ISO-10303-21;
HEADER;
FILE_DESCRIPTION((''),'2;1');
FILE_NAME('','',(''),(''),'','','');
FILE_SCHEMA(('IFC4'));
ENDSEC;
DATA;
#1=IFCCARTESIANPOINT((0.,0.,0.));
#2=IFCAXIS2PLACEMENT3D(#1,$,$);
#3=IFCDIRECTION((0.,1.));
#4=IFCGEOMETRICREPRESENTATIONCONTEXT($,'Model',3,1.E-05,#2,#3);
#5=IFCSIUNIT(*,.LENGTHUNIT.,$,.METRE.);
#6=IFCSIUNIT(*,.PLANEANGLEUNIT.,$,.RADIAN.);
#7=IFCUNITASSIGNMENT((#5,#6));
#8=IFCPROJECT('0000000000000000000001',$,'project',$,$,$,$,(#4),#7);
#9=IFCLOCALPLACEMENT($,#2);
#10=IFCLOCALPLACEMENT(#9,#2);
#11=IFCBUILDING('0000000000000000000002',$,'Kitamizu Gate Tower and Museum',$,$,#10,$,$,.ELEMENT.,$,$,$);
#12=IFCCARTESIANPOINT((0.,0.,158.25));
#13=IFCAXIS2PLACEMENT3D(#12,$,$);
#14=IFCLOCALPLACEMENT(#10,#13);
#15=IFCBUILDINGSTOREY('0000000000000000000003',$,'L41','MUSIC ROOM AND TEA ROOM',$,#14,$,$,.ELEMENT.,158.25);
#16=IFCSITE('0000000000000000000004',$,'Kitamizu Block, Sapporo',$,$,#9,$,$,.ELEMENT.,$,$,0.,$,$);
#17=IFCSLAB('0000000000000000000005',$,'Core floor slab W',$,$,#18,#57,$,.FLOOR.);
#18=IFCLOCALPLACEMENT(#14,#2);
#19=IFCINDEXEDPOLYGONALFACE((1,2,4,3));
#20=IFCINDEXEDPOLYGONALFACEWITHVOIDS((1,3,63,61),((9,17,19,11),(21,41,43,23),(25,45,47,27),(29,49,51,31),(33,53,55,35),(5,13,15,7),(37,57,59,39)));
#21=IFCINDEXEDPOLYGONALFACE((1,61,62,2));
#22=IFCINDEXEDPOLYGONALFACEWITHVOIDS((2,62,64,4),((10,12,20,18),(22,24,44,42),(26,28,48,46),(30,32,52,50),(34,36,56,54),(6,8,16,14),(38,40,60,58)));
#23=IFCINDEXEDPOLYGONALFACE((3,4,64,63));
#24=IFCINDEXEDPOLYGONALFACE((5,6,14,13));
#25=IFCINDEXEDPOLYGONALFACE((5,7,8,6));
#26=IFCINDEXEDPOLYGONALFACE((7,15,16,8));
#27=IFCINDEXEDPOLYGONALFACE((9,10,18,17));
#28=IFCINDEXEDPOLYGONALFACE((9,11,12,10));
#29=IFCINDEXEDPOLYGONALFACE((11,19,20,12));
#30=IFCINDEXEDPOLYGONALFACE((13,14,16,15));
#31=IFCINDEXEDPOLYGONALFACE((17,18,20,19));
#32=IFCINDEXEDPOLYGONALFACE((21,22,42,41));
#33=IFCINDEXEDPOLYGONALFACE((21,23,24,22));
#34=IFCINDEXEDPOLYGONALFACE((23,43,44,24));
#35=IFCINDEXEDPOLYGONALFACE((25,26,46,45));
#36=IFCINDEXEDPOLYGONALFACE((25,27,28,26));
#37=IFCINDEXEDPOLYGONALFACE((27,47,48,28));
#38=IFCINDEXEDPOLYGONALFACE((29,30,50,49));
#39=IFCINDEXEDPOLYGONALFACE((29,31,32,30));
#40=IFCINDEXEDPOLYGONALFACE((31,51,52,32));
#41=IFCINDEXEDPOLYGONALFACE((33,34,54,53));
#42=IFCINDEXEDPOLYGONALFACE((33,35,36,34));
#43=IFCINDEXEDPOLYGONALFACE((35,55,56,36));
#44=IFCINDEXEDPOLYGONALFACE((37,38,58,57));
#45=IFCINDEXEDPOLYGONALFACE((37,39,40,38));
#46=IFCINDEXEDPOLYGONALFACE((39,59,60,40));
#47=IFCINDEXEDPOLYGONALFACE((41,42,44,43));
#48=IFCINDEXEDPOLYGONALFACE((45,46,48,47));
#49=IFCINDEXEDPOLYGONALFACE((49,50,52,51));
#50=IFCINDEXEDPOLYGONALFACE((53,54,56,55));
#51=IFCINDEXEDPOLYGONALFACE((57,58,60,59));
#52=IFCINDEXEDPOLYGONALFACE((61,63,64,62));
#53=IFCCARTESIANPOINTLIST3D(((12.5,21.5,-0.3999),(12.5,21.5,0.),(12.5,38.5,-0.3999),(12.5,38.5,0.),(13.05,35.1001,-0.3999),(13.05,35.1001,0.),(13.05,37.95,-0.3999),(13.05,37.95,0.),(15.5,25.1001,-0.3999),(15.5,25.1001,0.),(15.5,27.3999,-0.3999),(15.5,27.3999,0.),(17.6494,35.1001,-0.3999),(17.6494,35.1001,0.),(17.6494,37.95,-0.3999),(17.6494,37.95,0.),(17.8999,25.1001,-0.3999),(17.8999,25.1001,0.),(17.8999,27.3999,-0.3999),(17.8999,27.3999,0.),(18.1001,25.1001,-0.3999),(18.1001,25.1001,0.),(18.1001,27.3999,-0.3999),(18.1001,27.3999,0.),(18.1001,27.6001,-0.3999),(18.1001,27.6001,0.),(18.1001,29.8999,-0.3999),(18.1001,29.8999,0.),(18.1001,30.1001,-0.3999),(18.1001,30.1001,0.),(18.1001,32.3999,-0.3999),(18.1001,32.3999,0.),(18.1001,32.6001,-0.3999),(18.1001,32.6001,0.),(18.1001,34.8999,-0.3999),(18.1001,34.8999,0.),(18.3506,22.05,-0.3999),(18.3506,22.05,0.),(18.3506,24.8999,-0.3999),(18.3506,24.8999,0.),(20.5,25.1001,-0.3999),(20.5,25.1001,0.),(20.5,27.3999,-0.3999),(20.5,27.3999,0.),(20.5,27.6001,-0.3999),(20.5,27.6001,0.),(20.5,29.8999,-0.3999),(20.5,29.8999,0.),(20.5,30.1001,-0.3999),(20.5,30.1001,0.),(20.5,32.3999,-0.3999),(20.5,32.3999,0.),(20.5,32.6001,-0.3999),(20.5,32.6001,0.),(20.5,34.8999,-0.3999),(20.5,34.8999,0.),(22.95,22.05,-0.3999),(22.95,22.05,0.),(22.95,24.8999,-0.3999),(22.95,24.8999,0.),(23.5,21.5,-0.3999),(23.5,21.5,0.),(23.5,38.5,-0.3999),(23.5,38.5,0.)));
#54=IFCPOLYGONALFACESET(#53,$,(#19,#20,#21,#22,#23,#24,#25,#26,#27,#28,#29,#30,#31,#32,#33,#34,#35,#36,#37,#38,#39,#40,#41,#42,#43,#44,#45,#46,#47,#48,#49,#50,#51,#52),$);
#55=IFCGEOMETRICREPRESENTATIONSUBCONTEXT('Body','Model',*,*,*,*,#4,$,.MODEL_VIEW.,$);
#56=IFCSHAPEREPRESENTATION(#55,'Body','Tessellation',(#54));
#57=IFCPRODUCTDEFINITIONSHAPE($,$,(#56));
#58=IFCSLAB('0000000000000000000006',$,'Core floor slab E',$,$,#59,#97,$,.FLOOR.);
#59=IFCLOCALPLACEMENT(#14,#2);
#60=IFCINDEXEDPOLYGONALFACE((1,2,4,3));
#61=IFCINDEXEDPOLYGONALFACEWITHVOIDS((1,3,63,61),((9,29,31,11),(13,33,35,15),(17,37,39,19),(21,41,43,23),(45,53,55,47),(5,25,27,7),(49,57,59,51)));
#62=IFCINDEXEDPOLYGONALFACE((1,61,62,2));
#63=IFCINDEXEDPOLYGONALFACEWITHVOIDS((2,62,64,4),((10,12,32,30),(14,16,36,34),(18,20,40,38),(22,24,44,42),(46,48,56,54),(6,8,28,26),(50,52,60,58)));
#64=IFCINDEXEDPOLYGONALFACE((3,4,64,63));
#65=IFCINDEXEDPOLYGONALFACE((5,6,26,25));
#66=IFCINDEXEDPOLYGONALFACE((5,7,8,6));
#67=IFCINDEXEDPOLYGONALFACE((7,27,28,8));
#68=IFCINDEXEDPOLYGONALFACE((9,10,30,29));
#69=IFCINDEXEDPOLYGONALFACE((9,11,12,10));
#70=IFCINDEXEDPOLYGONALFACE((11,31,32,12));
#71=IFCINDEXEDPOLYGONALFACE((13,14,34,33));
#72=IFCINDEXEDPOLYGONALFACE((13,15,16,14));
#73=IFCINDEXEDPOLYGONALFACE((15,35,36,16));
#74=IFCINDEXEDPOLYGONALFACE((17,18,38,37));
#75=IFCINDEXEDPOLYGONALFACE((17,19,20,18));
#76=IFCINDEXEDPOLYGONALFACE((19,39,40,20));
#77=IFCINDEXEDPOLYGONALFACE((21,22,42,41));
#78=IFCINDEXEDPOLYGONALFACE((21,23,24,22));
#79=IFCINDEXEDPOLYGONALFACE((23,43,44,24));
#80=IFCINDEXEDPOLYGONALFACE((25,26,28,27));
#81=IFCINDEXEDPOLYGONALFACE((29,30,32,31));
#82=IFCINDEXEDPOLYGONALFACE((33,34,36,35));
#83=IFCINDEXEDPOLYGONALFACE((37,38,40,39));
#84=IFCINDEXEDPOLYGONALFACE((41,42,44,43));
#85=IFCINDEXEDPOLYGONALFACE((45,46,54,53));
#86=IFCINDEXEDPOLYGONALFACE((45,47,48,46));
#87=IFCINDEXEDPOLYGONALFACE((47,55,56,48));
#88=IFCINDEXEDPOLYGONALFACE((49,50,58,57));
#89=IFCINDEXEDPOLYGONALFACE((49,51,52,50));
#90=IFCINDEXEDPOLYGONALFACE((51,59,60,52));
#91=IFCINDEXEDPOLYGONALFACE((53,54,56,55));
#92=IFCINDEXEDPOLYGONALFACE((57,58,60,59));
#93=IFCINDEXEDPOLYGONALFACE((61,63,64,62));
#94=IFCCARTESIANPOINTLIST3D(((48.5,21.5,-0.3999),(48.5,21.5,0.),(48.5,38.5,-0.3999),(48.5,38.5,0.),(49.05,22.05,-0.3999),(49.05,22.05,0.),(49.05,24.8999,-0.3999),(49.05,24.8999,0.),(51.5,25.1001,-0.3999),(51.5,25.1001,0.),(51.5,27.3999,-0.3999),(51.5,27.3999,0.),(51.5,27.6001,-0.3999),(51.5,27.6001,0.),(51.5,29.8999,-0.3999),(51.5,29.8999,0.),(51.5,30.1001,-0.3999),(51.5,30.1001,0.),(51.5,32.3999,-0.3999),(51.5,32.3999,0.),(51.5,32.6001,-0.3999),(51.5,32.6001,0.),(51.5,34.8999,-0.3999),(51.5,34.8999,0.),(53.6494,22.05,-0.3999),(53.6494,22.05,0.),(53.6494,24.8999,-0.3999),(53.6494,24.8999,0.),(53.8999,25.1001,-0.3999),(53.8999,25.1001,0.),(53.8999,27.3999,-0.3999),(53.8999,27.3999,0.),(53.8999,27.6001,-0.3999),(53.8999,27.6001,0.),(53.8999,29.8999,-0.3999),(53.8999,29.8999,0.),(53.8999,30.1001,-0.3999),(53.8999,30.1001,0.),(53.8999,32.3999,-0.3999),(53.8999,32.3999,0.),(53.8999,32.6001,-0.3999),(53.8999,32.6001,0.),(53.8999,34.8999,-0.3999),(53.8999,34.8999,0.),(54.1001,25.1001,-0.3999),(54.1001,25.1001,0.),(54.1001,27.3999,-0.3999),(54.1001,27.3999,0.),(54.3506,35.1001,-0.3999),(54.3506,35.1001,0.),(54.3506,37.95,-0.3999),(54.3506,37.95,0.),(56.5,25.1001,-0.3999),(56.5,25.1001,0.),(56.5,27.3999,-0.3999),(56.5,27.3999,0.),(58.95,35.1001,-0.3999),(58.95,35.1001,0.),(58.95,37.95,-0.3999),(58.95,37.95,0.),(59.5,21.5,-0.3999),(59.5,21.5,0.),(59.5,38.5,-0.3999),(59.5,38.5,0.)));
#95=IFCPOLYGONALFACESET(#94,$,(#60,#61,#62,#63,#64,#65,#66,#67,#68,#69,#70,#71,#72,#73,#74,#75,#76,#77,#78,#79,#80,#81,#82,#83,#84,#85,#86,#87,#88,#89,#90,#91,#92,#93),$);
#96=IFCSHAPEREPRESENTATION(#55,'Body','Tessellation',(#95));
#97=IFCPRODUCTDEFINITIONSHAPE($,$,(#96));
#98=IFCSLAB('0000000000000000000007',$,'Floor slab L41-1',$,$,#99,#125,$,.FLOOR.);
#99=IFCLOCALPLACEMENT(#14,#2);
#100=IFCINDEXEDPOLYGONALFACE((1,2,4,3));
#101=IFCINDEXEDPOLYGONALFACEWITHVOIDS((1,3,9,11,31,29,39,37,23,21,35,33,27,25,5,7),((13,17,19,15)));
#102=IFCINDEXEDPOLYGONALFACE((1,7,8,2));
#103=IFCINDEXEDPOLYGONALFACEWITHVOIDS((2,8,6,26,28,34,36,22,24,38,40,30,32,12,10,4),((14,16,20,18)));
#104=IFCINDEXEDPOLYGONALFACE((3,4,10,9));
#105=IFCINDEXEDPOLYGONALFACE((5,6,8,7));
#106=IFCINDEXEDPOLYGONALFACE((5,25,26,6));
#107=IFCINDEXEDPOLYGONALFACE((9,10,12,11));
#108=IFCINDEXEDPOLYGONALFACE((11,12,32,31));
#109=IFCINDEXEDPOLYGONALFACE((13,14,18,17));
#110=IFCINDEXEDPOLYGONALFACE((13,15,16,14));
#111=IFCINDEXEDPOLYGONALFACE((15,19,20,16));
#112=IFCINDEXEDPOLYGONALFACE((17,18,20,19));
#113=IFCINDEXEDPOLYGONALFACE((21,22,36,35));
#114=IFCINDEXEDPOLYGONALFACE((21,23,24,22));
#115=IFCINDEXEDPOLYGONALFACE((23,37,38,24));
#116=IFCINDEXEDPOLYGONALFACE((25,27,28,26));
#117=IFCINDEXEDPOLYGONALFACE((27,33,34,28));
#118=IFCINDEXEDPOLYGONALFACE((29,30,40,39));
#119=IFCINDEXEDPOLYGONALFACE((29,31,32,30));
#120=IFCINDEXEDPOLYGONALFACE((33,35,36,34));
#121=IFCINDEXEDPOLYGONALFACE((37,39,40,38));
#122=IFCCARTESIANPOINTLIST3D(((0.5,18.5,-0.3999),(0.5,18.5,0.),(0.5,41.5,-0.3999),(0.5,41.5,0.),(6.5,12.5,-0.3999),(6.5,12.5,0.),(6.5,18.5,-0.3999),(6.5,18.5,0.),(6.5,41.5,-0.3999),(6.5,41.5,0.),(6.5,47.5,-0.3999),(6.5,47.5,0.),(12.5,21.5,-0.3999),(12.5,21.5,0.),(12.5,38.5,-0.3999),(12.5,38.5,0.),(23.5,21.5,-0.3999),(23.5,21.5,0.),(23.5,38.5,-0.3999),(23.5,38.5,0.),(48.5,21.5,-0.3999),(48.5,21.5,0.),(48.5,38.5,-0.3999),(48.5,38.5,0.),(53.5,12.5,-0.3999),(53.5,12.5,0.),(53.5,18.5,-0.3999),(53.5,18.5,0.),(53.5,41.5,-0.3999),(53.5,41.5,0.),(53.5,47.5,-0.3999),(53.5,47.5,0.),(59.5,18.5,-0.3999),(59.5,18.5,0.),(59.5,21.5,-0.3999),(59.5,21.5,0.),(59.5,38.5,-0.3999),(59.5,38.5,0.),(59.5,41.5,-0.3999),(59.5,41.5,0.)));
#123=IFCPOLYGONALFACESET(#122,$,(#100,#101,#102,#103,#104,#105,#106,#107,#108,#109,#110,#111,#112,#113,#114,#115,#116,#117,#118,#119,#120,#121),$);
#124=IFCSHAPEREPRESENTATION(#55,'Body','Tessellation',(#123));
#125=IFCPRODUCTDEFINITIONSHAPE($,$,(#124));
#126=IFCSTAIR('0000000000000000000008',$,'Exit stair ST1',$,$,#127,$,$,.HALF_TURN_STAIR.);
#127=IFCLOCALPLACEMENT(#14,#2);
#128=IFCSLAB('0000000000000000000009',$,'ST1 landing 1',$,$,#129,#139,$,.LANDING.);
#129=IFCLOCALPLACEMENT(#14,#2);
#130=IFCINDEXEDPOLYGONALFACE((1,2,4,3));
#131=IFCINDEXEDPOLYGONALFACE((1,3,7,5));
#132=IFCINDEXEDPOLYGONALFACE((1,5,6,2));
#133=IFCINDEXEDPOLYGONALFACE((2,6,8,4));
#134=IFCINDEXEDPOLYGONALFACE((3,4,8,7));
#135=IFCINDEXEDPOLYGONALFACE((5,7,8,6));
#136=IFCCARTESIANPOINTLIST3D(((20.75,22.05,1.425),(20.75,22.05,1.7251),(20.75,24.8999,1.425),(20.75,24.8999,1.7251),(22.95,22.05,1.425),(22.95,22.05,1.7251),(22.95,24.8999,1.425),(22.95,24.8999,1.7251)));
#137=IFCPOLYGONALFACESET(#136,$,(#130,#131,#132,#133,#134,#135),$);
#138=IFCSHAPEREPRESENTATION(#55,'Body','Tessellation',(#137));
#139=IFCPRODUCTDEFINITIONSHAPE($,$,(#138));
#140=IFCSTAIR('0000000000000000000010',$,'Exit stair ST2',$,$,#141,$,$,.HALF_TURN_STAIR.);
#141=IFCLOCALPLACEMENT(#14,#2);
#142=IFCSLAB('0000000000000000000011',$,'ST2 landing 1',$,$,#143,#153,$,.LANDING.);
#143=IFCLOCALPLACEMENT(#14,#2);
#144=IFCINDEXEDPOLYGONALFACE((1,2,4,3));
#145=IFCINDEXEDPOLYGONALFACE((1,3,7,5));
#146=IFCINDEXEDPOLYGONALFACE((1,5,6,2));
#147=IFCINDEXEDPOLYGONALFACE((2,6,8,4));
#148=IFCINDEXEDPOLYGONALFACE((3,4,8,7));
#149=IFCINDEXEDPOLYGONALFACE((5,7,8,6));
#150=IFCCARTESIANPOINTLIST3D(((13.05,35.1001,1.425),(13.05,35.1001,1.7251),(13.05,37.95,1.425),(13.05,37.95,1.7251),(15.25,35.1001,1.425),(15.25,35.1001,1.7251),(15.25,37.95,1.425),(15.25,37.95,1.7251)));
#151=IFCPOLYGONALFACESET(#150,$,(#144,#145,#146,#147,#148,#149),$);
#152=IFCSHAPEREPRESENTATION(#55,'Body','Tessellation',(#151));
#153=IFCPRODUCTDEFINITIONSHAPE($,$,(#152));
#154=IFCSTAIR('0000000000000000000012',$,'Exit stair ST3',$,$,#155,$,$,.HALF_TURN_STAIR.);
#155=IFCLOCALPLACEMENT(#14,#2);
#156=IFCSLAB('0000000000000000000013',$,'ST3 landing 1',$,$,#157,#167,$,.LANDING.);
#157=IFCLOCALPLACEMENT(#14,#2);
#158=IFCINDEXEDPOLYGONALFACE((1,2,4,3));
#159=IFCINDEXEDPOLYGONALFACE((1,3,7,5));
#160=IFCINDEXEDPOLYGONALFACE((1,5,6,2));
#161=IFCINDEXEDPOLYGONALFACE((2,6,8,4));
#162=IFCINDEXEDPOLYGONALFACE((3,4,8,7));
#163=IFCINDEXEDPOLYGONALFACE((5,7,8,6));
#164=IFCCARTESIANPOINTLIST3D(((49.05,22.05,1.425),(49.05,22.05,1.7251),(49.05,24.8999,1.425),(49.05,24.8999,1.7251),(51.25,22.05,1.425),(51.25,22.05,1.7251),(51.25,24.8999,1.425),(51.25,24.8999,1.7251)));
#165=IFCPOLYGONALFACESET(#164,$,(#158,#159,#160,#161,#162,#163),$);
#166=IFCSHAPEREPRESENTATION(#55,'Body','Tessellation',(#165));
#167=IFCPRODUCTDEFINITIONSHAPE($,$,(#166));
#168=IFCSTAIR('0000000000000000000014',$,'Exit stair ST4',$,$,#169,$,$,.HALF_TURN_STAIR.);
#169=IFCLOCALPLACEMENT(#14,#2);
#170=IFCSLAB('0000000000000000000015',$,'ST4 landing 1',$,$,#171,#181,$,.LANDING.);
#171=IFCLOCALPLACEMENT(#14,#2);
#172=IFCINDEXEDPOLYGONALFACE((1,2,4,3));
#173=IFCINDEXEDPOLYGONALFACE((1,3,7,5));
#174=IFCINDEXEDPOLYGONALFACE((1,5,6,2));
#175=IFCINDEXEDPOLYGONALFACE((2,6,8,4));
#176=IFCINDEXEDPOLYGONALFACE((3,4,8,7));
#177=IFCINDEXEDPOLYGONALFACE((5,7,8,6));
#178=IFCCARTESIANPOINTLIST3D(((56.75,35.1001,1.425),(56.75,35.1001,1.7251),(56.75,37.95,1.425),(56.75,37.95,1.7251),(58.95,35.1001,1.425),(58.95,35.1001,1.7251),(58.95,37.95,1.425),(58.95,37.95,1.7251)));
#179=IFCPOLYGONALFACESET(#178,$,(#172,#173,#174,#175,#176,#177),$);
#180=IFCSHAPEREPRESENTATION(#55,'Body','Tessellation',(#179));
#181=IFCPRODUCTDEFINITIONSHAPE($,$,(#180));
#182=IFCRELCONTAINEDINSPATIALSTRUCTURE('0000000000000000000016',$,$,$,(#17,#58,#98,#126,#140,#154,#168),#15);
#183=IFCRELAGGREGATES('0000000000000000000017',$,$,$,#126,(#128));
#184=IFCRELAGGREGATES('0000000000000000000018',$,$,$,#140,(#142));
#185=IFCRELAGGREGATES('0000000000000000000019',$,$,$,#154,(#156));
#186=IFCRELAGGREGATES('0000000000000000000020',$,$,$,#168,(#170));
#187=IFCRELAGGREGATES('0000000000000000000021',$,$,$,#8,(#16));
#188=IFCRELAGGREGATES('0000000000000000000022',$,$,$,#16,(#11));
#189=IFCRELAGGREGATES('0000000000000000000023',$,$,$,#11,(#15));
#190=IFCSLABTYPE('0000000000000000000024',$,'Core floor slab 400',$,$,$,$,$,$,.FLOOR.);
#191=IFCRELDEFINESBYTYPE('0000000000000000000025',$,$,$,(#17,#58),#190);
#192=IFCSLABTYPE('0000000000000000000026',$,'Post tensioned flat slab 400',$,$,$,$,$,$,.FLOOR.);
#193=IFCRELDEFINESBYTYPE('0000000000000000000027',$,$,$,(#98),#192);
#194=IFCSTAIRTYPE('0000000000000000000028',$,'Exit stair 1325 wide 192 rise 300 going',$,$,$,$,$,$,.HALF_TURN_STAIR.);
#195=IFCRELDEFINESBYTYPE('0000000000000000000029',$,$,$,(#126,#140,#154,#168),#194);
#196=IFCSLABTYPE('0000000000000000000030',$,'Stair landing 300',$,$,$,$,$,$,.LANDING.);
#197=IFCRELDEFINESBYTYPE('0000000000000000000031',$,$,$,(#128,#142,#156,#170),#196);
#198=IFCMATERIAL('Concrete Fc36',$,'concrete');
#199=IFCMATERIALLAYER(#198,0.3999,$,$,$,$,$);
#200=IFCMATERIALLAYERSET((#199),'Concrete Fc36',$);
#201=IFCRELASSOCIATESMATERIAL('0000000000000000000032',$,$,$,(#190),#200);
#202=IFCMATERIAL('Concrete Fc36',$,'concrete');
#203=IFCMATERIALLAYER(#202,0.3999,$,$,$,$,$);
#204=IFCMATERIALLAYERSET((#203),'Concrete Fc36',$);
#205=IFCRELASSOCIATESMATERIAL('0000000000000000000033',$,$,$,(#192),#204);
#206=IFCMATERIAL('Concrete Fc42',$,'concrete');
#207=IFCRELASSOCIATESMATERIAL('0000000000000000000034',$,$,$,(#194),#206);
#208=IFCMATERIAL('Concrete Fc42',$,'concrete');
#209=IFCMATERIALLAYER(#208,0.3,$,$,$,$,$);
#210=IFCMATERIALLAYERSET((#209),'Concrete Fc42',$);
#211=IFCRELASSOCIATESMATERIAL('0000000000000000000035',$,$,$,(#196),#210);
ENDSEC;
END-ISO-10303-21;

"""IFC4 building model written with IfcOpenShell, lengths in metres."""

from ifc_helpers import new_model, si_unit, direction, frame, origin, place, context, subcontext, project, spatial, polyline, outline, extrude, material, layer, layer_set, type_object, element, aggregate, save


model = new_model("IFC4")

# Units and contexts
model_context = context("Model", 3, precision=1e-05, world=origin(), true_north=direction((0.0, 1.0)))
body_context = subcontext(model_context, "Body", "Model", "MODEL_VIEW")
ifc_project = project(units=[si_unit("LENGTHUNIT", "METRE"), si_unit("PLANEANGLEUNIT", "RADIAN")], contexts=[model_context])

# Site, building, storey
site_placement = place(None, origin())
site = spatial("IfcSite", under=ifc_project, at=site_placement, Name="Kitamizu Block, Sapporo", CompositionType="ELEMENT", RefElevation=0.0)
building_placement = place(site_placement, origin())
building = spatial("IfcBuilding", under=site, at=building_placement, Name="Kitamizu Gate Tower and Museum", CompositionType="ELEMENT")
storey_placement = place(building_placement, frame((0.0, 0.0, 158.25)))
storey = spatial("IfcBuildingStorey", under=building, at=storey_placement, Name="L41", Description="MUSIC ROOM AND TEA ROOM", CompositionType="ELEMENT", Elevation=158.25)

# Slabs
ifc_material_1 = material(Name="Concrete Fc36", Category="concrete")
ifc_layer_1 = layer(ifc_material_1, 0.3999)
ifc_layer_set_1 = layer_set([ifc_layer_1], Name="Concrete Fc36")
slab_type_1 = type_object("IfcSlabType", Name="Core floor slab 400", PredefinedType="FLOOR", material=ifc_layer_set_1)
slab_1_placement = place(storey_placement, frame((0.0, 0.0, -0.3999)))
element("IfcSlab", 1, at=slab_1_placement, inside=storey, type_object=slab_type_1, Name="Core floor slab W", PredefinedType="FLOOR", context=body_context, shape_type="SweptSolid", body=[
    extrude(outline(polyline([(12.5, 21.5), (23.5, 21.5), (23.5, 38.5), (12.5, 38.5), (12.5, 21.5)]), holes=[polyline([(15.5, 25.1001), (17.8999, 25.1001), (17.8999, 27.3999), (15.5, 27.3999), (15.5, 25.1001)]), polyline([(18.1001, 25.1001), (20.5, 25.1001), (20.5, 27.3999), (18.1001, 27.3999), (18.1001, 25.1001)]), polyline([(18.1001, 27.6001), (20.5, 27.6001), (20.5, 29.8999), (18.1001, 29.8999), (18.1001, 27.6001)]), polyline([(18.1001, 30.1001), (20.5, 30.1001), (20.5, 32.3999), (18.1001, 32.3999), (18.1001, 30.1001)]), polyline([(18.1001, 32.6001), (20.5, 32.6001), (20.5, 34.8999), (18.1001, 34.8999), (18.1001, 32.6001)]), polyline([(18.3506, 22.05), (22.95, 22.05), (22.95, 24.8999), (18.3506, 24.8999), (18.3506, 22.05)]), polyline([(13.05, 35.1001), (17.6494, 35.1001), (17.6494, 37.95), (13.05, 37.95), (13.05, 35.1001)])]), origin(), (0.0, 0.0, 1.0), 0.3999),
])
slab_2_placement = place(storey_placement, frame((0.0, 0.0, -0.3999)))
element("IfcSlab", 2, at=slab_2_placement, inside=storey, type_object=slab_type_1, Name="Core floor slab E", PredefinedType="FLOOR", context=body_context, shape_type="SweptSolid", body=[
    extrude(outline(polyline([(48.5, 21.5), (59.5, 21.5), (59.5, 38.5), (48.5, 38.5), (48.5, 21.5)]), holes=[polyline([(54.1001, 25.1001), (56.5, 25.1001), (56.5, 27.3999), (54.1001, 27.3999), (54.1001, 25.1001)]), polyline([(51.5, 25.1001), (53.8999, 25.1001), (53.8999, 27.3999), (51.5, 27.3999), (51.5, 25.1001)]), polyline([(51.5, 27.6001), (53.8999, 27.6001), (53.8999, 29.8999), (51.5, 29.8999), (51.5, 27.6001)]), polyline([(51.5, 30.1001), (53.8999, 30.1001), (53.8999, 32.3999), (51.5, 32.3999), (51.5, 30.1001)]), polyline([(51.5, 32.6001), (53.8999, 32.6001), (53.8999, 34.8999), (51.5, 34.8999), (51.5, 32.6001)]), polyline([(49.05, 22.05), (53.6494, 22.05), (53.6494, 24.8999), (49.05, 24.8999), (49.05, 22.05)]), polyline([(54.3506, 35.1001), (58.95, 35.1001), (58.95, 37.95), (54.3506, 37.95), (54.3506, 35.1001)])]), origin(), (0.0, 0.0, 1.0), 0.3999),
])
ifc_material_2 = material(Name="Concrete Fc36", Category="concrete")
ifc_layer_2 = layer(ifc_material_2, 0.3999)
ifc_layer_set_2 = layer_set([ifc_layer_2], Name="Concrete Fc36")
slab_type_2 = type_object("IfcSlabType", Name="Post tensioned flat slab 400", PredefinedType="FLOOR", material=ifc_layer_set_2)
slab_3_placement = place(storey_placement, frame((0.0, 0.0, -0.3999)))
element("IfcSlab", 3, at=slab_3_placement, inside=storey, type_object=slab_type_2, Name="Floor slab L41-1", PredefinedType="FLOOR", context=body_context, shape_type="SweptSolid", body=[
    extrude(outline(polyline([(0.5, 18.5), (0.5, 41.5), (6.5, 41.5), (6.5, 47.5), (53.5, 47.5), (53.5, 41.5), (59.5, 41.5), (59.5, 38.5), (48.5, 38.5), (48.5, 21.5), (59.5, 21.5), (59.5, 18.5), (53.5, 18.5), (53.5, 12.5), (6.5, 12.5), (6.5, 18.5), (0.5, 18.5)]), holes=[polyline([(12.5, 38.5), (12.5, 21.5), (23.5, 21.5), (23.5, 38.5), (12.5, 38.5)])]), origin(), (0.0, 0.0, 1.0), 0.3999),
])

# Stairs, slabs
ifc_material_3 = material(Name="Concrete Fc42", Category="concrete")
stair_type = type_object("IfcStairType", Name="Exit stair 1325 wide 192 rise 300 going", PredefinedType="HALF_TURN_STAIR", material=ifc_material_3)
stair_1_placement = place(storey_placement, origin())
stair_1 = element("IfcStair", 4, at=stair_1_placement, inside=storey, type_object=stair_type, Name="Exit stair ST1", PredefinedType="HALF_TURN_STAIR")
ifc_material_4 = material(Name="Concrete Fc42", Category="concrete")
ifc_layer_3 = layer(ifc_material_4, 0.3)
ifc_layer_set_3 = layer_set([ifc_layer_3], Name="Concrete Fc42")
slab_type_3 = type_object("IfcSlabType", Name="Stair landing 300", PredefinedType="LANDING", material=ifc_layer_set_3)
slab_4_placement = place(storey_placement, frame((0.0, 0.0, 1.425)))
slab_4 = element("IfcSlab", 5, at=slab_4_placement, type_object=slab_type_3, Name="ST1 landing 1", PredefinedType="LANDING", context=body_context, shape_type="SweptSolid", body=[
    extrude(outline(polyline([(20.75, 22.05), (22.95, 22.05), (22.95, 24.8999), (20.75, 24.8999), (20.75, 22.05)])), origin(), (0.0, 0.0, 1.0), 0.3),
])
aggregate(stair_1, [slab_4])
stair_2_placement = place(storey_placement, origin())
stair_2 = element("IfcStair", 6, at=stair_2_placement, inside=storey, type_object=stair_type, Name="Exit stair ST2", PredefinedType="HALF_TURN_STAIR")
slab_5_placement = place(storey_placement, frame((0.0, 0.0, 1.425)))
slab_5 = element("IfcSlab", 7, at=slab_5_placement, type_object=slab_type_3, Name="ST2 landing 1", PredefinedType="LANDING", context=body_context, shape_type="SweptSolid", body=[
    extrude(outline(polyline([(13.05, 35.1001), (15.25, 35.1001), (15.25, 37.95), (13.05, 37.95), (13.05, 35.1001)])), origin(), (0.0, 0.0, 1.0), 0.3),
])
aggregate(stair_2, [slab_5])
stair_3_placement = place(storey_placement, origin())
stair_3 = element("IfcStair", 8, at=stair_3_placement, inside=storey, type_object=stair_type, Name="Exit stair ST3", PredefinedType="HALF_TURN_STAIR")
slab_6_placement = place(storey_placement, frame((0.0, 0.0, 1.425)))
slab_6 = element("IfcSlab", 9, at=slab_6_placement, type_object=slab_type_3, Name="ST3 landing 1", PredefinedType="LANDING", context=body_context, shape_type="SweptSolid", body=[
    extrude(outline(polyline([(49.05, 22.05), (51.25, 22.05), (51.25, 24.8999), (49.05, 24.8999), (49.05, 22.05)])), origin(), (0.0, 0.0, 1.0), 0.3),
])
aggregate(stair_3, [slab_6])
stair_4_placement = place(storey_placement, origin())
stair_4 = element("IfcStair", 10, at=stair_4_placement, inside=storey, type_object=stair_type, Name="Exit stair ST4", PredefinedType="HALF_TURN_STAIR")
slab_7_placement = place(storey_placement, frame((0.0, 0.0, 1.425)))
slab_7 = element("IfcSlab", 11, at=slab_7_placement, type_object=slab_type_3, Name="ST4 landing 1", PredefinedType="LANDING", context=body_context, shape_type="SweptSolid", body=[
    extrude(outline(polyline([(56.75, 35.1001), (58.95, 35.1001), (58.95, 37.95), (56.75, 37.95), (56.75, 35.1001)])), origin(), (0.0, 0.0, 1.0), 0.3),
])
aggregate(stair_4, [slab_7])

save(model, "model.ifc")
